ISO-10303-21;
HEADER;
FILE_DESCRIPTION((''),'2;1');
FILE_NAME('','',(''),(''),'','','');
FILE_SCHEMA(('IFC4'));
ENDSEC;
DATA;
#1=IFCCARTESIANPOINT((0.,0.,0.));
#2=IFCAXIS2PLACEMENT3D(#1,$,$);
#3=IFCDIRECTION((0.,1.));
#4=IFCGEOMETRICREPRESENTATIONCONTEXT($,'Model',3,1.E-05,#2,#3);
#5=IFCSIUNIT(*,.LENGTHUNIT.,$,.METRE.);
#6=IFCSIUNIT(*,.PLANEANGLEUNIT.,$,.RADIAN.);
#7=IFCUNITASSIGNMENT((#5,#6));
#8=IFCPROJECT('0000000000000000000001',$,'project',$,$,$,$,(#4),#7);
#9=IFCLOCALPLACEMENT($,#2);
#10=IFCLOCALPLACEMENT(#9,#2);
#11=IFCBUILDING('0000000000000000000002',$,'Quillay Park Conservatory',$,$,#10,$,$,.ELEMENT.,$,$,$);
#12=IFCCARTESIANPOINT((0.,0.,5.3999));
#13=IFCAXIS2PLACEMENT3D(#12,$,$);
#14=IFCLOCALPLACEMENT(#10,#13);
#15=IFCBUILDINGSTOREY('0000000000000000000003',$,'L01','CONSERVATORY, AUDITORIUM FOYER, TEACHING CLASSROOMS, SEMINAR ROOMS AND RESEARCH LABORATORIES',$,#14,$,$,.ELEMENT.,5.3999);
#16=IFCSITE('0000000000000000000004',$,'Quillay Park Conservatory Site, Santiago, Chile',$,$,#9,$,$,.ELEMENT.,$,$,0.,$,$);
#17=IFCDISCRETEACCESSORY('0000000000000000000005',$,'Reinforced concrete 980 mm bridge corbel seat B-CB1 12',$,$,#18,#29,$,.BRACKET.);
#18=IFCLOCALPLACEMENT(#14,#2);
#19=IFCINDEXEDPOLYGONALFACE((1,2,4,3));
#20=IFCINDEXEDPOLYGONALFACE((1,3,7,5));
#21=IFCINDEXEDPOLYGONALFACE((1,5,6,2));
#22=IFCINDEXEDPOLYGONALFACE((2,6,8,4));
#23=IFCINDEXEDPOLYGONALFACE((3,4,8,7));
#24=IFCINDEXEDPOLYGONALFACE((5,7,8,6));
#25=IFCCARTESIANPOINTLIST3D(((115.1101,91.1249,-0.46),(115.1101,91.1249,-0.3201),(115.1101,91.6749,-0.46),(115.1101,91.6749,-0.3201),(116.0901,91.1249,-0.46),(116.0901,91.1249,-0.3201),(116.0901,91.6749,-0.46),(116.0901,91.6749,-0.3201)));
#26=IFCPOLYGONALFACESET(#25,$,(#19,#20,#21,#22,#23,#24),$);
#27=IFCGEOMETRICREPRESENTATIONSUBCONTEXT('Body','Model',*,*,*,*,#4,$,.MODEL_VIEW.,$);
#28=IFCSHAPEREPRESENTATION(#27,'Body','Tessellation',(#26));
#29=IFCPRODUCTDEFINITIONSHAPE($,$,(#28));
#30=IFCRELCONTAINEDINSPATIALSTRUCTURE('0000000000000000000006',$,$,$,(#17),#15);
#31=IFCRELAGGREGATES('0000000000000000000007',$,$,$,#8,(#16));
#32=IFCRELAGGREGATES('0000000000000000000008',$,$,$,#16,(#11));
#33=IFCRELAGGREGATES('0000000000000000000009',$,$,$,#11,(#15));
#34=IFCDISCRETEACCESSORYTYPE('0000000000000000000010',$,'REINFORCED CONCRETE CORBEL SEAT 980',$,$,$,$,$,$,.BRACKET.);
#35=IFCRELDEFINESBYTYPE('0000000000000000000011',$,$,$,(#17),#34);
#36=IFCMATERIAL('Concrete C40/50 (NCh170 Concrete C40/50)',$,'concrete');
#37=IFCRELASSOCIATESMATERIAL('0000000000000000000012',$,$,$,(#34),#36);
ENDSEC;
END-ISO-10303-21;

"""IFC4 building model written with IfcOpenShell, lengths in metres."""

from ifc_helpers import new_model, si_unit, direction, frame, origin, origin_2d, place, context, subcontext, project, spatial, rectangle, extrude, material, type_object, element, save


model = new_model("IFC4")

# Units and contexts
model_context = context("Model", 3, precision=1e-05, world=origin(), true_north=direction((0.0, 1.0)))
body_context = subcontext(model_context, "Body", "Model", "MODEL_VIEW")
ifc_project = project(units=[si_unit("LENGTHUNIT", "METRE"), si_unit("PLANEANGLEUNIT", "RADIAN")], contexts=[model_context])

# Site, building, storey
site_placement = place(None, origin())
site = spatial("IfcSite", under=ifc_project, at=site_placement, Name="Quillay Park Conservatory Site, Santiago, Chile", CompositionType="ELEMENT", RefElevation=0.0)
building_placement = place(site_placement, origin())
building = spatial("IfcBuilding", under=site, at=building_placement, Name="Quillay Park Conservatory", CompositionType="ELEMENT")
storey_placement = place(building_placement, frame((0.0, 0.0, 5.3999)))
storey = spatial("IfcBuildingStorey", under=building, at=storey_placement, Name="L01", Description="CONSERVATORY, AUDITORIUM FOYER, TEACHING CLASSROOMS, SEMINAR ROOMS AND RESEARCH LABORATORIES", CompositionType="ELEMENT", Elevation=5.3999)

# Discrete accessory
ifc_material_1 = material(Name="Concrete C40/50 (NCh170 Concrete C40/50)", Category="concrete")
discrete_accessory_type_1 = type_object("IfcDiscreteAccessoryType", Name="REINFORCED CONCRETE CORBEL SEAT 980", PredefinedType="BRACKET", material=ifc_material_1)
for number, where, z_axis, x_axis, name in (
    (1, (115.6001, 91.3999, -0.46), (0.0, 0.0, 1.0), (1.0, 0.0, 0.0), "Reinforced concrete 980 mm bridge corbel seat B-CB1 12"),
):
    element("IfcDiscreteAccessory", number, at=place(storey_placement, frame(where, z_axis=z_axis, x_axis=x_axis)), inside=storey, type_object=discrete_accessory_type_1, Name=name, PredefinedType="BRACKET", context=body_context, shape_type="SweptSolid", body=[
        extrude(rectangle(XDim=0.98, YDim=0.55, at=origin_2d()), origin(), (0.0, 0.0, 1.0), 0.1399),
    ])

save(model, "model.ifc")
